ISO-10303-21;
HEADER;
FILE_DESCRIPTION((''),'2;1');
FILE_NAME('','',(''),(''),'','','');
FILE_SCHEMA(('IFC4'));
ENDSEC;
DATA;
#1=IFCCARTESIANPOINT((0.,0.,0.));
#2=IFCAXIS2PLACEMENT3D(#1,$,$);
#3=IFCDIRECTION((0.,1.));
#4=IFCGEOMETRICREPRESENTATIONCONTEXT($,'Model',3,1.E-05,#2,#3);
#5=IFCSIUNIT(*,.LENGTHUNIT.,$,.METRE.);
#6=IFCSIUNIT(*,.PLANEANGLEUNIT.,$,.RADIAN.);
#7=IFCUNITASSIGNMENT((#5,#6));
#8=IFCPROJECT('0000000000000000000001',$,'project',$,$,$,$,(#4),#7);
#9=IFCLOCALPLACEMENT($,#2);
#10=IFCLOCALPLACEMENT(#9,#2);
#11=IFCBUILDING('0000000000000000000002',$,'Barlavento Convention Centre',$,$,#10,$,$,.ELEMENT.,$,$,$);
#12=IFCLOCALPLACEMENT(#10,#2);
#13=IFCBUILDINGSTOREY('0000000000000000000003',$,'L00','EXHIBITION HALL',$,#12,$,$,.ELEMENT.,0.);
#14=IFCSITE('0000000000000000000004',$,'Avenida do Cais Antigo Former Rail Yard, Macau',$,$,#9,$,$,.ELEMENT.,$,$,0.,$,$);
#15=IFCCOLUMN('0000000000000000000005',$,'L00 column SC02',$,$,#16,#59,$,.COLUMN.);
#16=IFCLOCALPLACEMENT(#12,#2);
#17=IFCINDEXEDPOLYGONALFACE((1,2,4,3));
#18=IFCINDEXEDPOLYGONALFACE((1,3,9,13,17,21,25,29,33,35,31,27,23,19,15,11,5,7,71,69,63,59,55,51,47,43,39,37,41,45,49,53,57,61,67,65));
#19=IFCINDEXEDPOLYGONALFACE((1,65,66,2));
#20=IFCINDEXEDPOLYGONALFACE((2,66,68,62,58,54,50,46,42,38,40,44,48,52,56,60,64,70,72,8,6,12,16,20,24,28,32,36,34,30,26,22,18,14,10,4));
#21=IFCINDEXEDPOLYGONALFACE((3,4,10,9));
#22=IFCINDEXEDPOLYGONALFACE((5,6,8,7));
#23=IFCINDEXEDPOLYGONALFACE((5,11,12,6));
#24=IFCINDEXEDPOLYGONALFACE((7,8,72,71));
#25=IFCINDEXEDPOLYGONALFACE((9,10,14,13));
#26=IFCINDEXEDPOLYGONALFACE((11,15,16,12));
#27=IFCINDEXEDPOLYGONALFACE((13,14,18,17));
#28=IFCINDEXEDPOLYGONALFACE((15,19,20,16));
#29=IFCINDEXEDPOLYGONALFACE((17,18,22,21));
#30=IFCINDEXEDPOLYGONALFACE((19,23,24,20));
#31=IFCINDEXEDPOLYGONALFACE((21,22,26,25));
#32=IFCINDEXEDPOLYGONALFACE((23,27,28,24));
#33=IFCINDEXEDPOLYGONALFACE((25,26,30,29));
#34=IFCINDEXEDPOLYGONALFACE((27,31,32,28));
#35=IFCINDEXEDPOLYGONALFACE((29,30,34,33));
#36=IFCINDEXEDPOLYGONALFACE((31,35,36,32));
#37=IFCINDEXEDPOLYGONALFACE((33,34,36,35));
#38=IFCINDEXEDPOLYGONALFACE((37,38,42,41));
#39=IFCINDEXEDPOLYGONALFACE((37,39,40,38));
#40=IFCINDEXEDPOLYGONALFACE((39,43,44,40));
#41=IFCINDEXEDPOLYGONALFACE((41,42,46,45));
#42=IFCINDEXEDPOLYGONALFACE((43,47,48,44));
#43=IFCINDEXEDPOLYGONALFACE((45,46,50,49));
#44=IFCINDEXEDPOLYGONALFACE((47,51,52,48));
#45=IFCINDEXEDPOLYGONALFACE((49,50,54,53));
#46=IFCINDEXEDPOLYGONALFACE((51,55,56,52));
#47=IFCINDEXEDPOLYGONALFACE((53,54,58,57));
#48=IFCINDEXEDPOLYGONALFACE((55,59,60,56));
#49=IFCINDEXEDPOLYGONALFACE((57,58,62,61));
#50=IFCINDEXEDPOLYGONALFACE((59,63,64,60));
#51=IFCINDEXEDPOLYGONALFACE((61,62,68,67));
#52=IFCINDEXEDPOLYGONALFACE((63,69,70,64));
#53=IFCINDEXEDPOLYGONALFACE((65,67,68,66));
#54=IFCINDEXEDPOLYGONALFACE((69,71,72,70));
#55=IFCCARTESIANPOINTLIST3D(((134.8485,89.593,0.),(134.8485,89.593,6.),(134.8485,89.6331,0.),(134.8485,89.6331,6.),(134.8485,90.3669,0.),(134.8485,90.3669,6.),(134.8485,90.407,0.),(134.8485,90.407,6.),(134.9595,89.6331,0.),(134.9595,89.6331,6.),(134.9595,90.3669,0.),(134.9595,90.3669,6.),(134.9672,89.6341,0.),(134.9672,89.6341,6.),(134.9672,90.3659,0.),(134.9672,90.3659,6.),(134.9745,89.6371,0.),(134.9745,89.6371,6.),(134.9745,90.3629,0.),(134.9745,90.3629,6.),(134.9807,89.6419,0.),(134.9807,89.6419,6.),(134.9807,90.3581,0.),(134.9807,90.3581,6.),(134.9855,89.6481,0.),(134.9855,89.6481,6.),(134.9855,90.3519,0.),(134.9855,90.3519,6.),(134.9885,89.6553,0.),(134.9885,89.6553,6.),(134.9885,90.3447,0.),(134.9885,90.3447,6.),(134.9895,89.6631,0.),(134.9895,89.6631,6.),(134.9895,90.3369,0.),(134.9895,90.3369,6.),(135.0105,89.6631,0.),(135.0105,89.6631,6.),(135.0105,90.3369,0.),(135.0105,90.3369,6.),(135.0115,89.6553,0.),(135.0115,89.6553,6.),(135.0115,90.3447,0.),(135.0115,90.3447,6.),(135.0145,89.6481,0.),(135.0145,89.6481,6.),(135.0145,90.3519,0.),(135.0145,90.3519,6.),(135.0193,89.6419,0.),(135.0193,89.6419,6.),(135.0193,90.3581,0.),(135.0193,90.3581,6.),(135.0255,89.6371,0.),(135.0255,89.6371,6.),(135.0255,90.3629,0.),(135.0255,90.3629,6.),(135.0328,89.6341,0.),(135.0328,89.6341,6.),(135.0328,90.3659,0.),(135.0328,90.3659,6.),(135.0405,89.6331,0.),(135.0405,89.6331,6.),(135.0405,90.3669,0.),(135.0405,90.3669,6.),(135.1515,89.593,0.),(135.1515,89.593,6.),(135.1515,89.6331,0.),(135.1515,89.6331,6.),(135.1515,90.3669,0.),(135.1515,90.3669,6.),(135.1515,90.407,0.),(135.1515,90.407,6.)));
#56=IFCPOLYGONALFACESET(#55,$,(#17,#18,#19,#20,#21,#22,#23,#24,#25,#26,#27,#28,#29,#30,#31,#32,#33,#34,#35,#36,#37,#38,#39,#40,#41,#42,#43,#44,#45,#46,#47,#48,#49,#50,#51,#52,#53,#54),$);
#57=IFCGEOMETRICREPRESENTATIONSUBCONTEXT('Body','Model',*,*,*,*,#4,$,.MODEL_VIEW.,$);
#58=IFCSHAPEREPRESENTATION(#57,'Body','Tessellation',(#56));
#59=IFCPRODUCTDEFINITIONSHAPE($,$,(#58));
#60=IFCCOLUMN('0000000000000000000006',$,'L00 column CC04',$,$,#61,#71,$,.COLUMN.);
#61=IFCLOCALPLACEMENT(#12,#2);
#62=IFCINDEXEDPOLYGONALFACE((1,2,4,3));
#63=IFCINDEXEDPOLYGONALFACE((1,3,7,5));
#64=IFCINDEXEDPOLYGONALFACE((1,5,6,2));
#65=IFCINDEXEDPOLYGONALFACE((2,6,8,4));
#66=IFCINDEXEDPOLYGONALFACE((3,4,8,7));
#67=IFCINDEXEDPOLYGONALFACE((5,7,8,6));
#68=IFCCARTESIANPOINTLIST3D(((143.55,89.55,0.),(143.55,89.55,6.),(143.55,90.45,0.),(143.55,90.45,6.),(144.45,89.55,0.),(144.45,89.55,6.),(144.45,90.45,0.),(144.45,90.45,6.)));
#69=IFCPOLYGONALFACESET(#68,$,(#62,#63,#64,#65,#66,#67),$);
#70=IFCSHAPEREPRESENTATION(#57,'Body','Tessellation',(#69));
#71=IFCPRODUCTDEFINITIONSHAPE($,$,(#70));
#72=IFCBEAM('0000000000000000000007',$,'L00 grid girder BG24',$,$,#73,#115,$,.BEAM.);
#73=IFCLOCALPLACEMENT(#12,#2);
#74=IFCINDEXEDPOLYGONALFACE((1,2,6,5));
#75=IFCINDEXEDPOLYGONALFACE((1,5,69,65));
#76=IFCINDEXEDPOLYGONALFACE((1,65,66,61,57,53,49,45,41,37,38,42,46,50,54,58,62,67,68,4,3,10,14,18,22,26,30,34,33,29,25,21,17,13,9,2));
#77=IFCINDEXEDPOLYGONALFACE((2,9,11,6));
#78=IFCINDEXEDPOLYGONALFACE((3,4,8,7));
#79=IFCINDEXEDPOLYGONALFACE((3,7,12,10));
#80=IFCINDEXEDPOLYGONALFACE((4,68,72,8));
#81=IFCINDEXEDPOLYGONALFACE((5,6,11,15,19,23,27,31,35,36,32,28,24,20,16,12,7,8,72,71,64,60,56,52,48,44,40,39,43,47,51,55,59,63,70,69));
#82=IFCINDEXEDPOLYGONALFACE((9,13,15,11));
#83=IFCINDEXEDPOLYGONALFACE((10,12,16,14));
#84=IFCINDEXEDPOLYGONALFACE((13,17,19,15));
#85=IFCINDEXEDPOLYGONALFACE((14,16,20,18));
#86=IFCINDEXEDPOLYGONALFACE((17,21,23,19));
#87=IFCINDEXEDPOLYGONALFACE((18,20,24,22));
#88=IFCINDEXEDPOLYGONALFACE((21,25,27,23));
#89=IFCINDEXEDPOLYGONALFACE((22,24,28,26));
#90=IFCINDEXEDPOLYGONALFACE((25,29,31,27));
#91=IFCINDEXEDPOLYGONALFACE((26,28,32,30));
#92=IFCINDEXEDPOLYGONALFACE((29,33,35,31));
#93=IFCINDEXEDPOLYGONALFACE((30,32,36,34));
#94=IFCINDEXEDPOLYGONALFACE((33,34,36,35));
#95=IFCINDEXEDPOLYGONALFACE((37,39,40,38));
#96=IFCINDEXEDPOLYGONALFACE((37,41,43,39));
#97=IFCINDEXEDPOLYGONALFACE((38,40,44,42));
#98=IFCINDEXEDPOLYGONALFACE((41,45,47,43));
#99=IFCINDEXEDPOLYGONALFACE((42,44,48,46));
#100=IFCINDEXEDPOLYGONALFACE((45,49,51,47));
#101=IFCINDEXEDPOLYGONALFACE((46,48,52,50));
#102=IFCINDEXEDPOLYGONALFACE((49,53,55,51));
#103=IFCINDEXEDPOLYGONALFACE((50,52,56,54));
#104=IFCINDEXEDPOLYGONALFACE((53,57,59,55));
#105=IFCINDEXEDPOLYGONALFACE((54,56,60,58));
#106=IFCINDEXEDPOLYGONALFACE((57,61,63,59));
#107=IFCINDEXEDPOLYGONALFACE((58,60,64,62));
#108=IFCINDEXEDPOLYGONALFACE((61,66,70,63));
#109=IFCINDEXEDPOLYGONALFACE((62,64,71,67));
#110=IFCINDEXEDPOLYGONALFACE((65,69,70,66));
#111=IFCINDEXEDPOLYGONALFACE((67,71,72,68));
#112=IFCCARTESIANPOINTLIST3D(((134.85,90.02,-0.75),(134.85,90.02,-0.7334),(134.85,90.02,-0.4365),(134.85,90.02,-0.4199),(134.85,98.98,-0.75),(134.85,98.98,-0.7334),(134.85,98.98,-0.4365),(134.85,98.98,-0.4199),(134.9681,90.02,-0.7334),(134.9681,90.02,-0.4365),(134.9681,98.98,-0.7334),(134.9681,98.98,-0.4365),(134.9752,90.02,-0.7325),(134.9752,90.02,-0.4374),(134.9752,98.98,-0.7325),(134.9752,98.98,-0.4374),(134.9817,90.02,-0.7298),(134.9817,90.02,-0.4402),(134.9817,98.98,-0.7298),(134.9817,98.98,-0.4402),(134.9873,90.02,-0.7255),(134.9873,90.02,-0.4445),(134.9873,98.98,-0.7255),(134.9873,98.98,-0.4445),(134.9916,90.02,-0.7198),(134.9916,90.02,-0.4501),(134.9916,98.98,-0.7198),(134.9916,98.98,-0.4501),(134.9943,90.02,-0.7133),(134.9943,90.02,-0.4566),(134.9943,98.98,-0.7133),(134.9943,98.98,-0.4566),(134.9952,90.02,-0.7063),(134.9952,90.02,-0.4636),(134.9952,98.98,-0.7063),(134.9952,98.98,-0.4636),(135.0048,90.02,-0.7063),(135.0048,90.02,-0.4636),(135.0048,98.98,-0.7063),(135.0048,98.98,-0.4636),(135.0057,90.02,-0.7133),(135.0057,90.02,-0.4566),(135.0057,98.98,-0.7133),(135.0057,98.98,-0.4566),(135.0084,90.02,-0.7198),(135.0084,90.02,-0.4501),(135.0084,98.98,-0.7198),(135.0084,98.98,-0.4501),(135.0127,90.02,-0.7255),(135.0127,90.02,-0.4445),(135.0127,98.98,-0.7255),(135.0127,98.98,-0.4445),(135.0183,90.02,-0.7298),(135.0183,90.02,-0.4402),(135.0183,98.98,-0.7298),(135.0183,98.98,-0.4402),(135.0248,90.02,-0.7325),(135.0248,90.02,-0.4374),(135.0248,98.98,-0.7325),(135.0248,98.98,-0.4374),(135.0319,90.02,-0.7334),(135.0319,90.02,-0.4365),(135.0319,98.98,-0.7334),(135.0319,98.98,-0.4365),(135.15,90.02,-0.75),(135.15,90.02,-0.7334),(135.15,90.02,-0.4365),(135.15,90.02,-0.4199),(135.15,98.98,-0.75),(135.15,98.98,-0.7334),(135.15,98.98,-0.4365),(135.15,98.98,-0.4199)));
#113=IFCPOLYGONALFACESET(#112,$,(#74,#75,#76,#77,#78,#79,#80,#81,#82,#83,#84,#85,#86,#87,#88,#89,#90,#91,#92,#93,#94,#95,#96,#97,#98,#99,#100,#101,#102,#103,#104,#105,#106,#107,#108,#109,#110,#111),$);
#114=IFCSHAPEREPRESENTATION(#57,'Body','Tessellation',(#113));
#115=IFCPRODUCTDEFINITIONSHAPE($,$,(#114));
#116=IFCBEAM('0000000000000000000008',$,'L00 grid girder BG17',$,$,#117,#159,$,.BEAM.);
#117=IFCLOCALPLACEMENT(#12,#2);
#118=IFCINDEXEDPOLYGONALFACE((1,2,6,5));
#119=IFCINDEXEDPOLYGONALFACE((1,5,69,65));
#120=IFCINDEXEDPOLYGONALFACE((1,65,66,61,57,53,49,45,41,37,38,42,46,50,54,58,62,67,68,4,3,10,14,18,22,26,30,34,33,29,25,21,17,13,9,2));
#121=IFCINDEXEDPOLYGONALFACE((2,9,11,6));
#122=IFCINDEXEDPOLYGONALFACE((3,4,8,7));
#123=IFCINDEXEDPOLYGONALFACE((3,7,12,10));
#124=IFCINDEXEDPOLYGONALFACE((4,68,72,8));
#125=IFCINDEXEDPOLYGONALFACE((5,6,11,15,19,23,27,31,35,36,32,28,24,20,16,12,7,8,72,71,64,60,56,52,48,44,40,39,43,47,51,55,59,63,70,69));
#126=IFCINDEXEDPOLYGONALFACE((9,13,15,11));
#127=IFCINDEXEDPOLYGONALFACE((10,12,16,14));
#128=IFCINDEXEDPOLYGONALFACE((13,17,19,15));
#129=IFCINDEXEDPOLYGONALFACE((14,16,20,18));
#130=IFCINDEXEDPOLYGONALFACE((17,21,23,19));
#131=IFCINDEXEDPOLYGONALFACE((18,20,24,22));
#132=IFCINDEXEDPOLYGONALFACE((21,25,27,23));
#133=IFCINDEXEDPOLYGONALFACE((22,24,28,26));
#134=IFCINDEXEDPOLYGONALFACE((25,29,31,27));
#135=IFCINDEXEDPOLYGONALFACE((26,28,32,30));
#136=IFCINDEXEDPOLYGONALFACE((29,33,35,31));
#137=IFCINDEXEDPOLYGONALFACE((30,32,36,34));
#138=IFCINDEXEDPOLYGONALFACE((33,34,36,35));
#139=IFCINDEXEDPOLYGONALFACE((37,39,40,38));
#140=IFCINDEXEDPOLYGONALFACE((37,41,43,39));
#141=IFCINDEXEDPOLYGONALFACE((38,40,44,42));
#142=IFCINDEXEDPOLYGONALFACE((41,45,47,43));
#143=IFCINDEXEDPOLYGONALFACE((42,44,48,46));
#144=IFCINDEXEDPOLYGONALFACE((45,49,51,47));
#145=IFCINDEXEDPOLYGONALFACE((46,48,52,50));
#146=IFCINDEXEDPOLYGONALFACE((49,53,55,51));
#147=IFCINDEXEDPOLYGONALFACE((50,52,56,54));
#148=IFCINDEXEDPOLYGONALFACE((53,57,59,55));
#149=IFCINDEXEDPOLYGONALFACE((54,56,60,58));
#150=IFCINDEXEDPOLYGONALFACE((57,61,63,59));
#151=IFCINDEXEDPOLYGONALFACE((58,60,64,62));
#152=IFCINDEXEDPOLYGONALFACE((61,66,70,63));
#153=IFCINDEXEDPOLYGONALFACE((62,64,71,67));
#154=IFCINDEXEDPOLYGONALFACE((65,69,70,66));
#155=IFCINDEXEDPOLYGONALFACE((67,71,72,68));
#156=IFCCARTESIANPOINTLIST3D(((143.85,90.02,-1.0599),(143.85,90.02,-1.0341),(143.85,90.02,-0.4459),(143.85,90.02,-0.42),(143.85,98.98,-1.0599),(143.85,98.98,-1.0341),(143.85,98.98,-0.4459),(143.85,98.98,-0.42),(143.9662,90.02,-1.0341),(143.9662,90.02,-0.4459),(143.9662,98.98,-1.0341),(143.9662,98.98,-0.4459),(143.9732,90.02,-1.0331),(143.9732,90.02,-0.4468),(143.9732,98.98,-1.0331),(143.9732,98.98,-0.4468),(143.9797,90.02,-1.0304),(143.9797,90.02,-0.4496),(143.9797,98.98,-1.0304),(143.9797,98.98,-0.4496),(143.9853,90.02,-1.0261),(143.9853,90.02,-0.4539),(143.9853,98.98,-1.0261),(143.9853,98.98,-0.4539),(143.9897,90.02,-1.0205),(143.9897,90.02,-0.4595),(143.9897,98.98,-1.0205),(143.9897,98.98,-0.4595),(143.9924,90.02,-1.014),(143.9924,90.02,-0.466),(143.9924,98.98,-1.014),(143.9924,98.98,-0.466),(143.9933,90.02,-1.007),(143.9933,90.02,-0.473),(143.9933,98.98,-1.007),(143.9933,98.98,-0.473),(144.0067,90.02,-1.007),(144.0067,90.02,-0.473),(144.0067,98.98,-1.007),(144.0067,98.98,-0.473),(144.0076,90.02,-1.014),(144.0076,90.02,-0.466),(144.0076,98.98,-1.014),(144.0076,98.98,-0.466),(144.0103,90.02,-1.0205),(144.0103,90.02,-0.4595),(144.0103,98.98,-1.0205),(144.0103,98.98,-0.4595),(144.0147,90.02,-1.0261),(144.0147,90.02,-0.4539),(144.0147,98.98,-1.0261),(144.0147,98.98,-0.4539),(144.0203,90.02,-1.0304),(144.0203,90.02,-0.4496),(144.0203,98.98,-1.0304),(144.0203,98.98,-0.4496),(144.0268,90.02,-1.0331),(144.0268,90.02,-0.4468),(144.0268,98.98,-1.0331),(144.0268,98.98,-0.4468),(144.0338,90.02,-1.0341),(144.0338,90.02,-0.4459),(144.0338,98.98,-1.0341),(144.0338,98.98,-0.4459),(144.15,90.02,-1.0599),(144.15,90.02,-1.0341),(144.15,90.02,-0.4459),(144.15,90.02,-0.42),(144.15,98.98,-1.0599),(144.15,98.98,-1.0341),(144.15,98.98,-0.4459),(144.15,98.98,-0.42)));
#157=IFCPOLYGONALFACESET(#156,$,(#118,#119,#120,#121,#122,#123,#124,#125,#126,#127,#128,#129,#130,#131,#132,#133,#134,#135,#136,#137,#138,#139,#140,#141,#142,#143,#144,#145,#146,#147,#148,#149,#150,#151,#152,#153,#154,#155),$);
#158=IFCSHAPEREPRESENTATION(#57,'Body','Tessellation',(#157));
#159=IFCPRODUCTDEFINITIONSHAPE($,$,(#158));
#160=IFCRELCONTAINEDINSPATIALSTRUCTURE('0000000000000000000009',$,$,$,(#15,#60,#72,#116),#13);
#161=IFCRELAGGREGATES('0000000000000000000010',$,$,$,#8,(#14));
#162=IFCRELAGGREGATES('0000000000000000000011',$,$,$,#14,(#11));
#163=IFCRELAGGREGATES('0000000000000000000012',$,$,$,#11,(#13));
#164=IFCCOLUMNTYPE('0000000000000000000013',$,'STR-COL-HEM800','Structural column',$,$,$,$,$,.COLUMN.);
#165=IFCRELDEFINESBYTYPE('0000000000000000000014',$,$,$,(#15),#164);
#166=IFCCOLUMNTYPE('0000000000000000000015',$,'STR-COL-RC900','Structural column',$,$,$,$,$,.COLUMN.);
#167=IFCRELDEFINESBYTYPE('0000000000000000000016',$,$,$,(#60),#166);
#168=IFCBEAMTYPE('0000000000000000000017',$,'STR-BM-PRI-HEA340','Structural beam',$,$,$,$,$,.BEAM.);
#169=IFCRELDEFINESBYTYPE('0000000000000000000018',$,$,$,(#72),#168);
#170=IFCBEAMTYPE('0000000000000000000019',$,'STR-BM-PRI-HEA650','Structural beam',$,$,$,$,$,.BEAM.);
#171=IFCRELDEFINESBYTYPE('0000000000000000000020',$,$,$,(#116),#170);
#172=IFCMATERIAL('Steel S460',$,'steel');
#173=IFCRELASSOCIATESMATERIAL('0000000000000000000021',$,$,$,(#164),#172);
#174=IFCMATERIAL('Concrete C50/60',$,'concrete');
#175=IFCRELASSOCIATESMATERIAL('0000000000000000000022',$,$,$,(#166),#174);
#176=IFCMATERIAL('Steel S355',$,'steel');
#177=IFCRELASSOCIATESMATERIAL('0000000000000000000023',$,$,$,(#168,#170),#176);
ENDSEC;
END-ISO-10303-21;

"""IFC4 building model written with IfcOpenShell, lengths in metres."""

from ifc_helpers import new_model, si_unit, direction, frame, origin, origin_2d, place, context, subcontext, project, spatial, rectangle, i_section, extrude, material, material_profile, profile_set, type_object, element, save


model = new_model("IFC4")

# Units and contexts
model_context = context("Model", 3, precision=1e-05, world=origin(), true_north=direction((0.0, 1.0)))
body_context = subcontext(model_context, "Body", "Model", "MODEL_VIEW")
ifc_project = project(units=[si_unit("LENGTHUNIT", "METRE"), si_unit("PLANEANGLEUNIT", "RADIAN")], contexts=[model_context])

# Site, building, storey
site_placement = place(None, origin())
site = spatial("IfcSite", under=ifc_project, at=site_placement, Name="Avenida do Cais Antigo Former Rail Yard, Macau", CompositionType="ELEMENT", RefElevation=0.0)
building_placement = place(site_placement, origin())
building = spatial("IfcBuilding", under=site, at=building_placement, Name="Barlavento Convention Centre", CompositionType="ELEMENT")
storey_placement = place(building_placement, origin())
storey = spatial("IfcBuildingStorey", under=building, at=storey_placement, Name="L00", Description="EXHIBITION HALL", CompositionType="ELEMENT", Elevation=0.0)

# Columns
ifc_material_1 = material(Name="Steel S460", Category="steel")
ifc_material_profile_1 = material_profile(ifc_material_1, i_section(OverallWidth=0.303, OverallDepth=0.814, WebThickness=0.021, FlangeThickness=0.04, FilletRadius=0.03, at=origin_2d()), Name="HEM 800")
ifc_profile_set_1 = profile_set([ifc_material_profile_1], Name="Steel S460")
column_type_1 = type_object("IfcColumnType", Name="STR-COL-HEM800", Description="Structural column", PredefinedType="COLUMN", material=ifc_profile_set_1)
column_1_placement = place(storey_placement, frame((135.0, 90.0, 0.0), z_axis=(0.0, 0.0, 1.0), x_axis=(1.0, 0.0, 0.0)))
element("IfcColumn", 1, at=column_1_placement, inside=storey, type_object=column_type_1, Name="L00 column SC02", PredefinedType="COLUMN", context=body_context, shape_type="SweptSolid", body=[
    extrude(i_section(OverallWidth=0.303, OverallDepth=0.814, WebThickness=0.021, FlangeThickness=0.04, FilletRadius=0.03, at=origin_2d()), origin(), (0.0, 0.0, 1.0), 6.0),
])
ifc_material_2 = material(Name="Concrete C50/60", Category="concrete")
ifc_material_profile_2 = material_profile(ifc_material_2, rectangle(XDim=0.8999, YDim=0.8999, at=origin_2d()), Name="RC 900x900")
ifc_profile_set_2 = profile_set([ifc_material_profile_2], Name="Concrete C50/60")
column_type_2 = type_object("IfcColumnType", Name="STR-COL-RC900", Description="Structural column", PredefinedType="COLUMN", material=ifc_profile_set_2)
column_2_placement = place(storey_placement, frame((144.0, 90.0, 0.0), z_axis=(0.0, 0.0, 1.0), x_axis=(1.0, 0.0, 0.0)))
element("IfcColumn", 2, at=column_2_placement, inside=storey, type_object=column_type_2, Name="L00 column CC04", PredefinedType="COLUMN", context=body_context, shape_type="SweptSolid", body=[
    extrude(rectangle(XDim=0.8999, YDim=0.8999, at=origin_2d()), origin(), (0.0, 0.0, 1.0), 6.0),
])

# Beams
ifc_material_3 = material(Name="Steel S355", Category="steel")
ifc_material_profile_3 = material_profile(ifc_material_3, i_section(OverallWidth=0.3, OverallDepth=0.3301, WebThickness=0.0095, FlangeThickness=0.0166, FilletRadius=0.0271, at=origin_2d()), Name="HEA 340")
ifc_profile_set_3 = profile_set([ifc_material_profile_3], Name="Steel S355")
beam_type_1 = type_object("IfcBeamType", Name="STR-BM-PRI-HEA340", Description="Structural beam", PredefinedType="BEAM", material=ifc_profile_set_3)
beam_1_placement = place(storey_placement, frame((135.0, 90.02, -0.585), z_axis=(0.0, 1.0, 0.0), x_axis=(-1.0, 0.0, 0.0)))
element("IfcBeam", 3, at=beam_1_placement, inside=storey, type_object=beam_type_1, Name="L00 grid girder BG24", PredefinedType="BEAM", context=body_context, shape_type="SweptSolid", body=[
    extrude(i_section(OverallWidth=0.3, OverallDepth=0.3301, WebThickness=0.0095, FlangeThickness=0.0166, FilletRadius=0.0271, at=origin_2d()), origin(), (0.0, 0.0, 1.0), 8.96),
])
ifc_material_profile_4 = material_profile(ifc_material_3, i_section(OverallWidth=0.3, OverallDepth=0.6399, WebThickness=0.0134, FlangeThickness=0.0259, FilletRadius=0.0271, at=origin_2d()), Name="HEA 650")
ifc_profile_set_4 = profile_set([ifc_material_profile_4], Name="Steel S355")
beam_type_2 = type_object("IfcBeamType", Name="STR-BM-PRI-HEA650", Description="Structural beam", PredefinedType="BEAM", material=ifc_profile_set_4)
beam_2_placement = place(storey_placement, frame((144.0, 90.02, -0.74), z_axis=(0.0, 1.0, 0.0), x_axis=(-1.0, 0.0, 0.0)))
element("IfcBeam", 4, at=beam_2_placement, inside=storey, type_object=beam_type_2, Name="L00 grid girder BG17", PredefinedType="BEAM", context=body_context, shape_type="SweptSolid", body=[
    extrude(i_section(OverallWidth=0.3, OverallDepth=0.6399, WebThickness=0.0134, FlangeThickness=0.0259, FilletRadius=0.0271, at=origin_2d()), origin(), (0.0, 0.0, 1.0), 8.96),
])

save(model, "model.ifc")
